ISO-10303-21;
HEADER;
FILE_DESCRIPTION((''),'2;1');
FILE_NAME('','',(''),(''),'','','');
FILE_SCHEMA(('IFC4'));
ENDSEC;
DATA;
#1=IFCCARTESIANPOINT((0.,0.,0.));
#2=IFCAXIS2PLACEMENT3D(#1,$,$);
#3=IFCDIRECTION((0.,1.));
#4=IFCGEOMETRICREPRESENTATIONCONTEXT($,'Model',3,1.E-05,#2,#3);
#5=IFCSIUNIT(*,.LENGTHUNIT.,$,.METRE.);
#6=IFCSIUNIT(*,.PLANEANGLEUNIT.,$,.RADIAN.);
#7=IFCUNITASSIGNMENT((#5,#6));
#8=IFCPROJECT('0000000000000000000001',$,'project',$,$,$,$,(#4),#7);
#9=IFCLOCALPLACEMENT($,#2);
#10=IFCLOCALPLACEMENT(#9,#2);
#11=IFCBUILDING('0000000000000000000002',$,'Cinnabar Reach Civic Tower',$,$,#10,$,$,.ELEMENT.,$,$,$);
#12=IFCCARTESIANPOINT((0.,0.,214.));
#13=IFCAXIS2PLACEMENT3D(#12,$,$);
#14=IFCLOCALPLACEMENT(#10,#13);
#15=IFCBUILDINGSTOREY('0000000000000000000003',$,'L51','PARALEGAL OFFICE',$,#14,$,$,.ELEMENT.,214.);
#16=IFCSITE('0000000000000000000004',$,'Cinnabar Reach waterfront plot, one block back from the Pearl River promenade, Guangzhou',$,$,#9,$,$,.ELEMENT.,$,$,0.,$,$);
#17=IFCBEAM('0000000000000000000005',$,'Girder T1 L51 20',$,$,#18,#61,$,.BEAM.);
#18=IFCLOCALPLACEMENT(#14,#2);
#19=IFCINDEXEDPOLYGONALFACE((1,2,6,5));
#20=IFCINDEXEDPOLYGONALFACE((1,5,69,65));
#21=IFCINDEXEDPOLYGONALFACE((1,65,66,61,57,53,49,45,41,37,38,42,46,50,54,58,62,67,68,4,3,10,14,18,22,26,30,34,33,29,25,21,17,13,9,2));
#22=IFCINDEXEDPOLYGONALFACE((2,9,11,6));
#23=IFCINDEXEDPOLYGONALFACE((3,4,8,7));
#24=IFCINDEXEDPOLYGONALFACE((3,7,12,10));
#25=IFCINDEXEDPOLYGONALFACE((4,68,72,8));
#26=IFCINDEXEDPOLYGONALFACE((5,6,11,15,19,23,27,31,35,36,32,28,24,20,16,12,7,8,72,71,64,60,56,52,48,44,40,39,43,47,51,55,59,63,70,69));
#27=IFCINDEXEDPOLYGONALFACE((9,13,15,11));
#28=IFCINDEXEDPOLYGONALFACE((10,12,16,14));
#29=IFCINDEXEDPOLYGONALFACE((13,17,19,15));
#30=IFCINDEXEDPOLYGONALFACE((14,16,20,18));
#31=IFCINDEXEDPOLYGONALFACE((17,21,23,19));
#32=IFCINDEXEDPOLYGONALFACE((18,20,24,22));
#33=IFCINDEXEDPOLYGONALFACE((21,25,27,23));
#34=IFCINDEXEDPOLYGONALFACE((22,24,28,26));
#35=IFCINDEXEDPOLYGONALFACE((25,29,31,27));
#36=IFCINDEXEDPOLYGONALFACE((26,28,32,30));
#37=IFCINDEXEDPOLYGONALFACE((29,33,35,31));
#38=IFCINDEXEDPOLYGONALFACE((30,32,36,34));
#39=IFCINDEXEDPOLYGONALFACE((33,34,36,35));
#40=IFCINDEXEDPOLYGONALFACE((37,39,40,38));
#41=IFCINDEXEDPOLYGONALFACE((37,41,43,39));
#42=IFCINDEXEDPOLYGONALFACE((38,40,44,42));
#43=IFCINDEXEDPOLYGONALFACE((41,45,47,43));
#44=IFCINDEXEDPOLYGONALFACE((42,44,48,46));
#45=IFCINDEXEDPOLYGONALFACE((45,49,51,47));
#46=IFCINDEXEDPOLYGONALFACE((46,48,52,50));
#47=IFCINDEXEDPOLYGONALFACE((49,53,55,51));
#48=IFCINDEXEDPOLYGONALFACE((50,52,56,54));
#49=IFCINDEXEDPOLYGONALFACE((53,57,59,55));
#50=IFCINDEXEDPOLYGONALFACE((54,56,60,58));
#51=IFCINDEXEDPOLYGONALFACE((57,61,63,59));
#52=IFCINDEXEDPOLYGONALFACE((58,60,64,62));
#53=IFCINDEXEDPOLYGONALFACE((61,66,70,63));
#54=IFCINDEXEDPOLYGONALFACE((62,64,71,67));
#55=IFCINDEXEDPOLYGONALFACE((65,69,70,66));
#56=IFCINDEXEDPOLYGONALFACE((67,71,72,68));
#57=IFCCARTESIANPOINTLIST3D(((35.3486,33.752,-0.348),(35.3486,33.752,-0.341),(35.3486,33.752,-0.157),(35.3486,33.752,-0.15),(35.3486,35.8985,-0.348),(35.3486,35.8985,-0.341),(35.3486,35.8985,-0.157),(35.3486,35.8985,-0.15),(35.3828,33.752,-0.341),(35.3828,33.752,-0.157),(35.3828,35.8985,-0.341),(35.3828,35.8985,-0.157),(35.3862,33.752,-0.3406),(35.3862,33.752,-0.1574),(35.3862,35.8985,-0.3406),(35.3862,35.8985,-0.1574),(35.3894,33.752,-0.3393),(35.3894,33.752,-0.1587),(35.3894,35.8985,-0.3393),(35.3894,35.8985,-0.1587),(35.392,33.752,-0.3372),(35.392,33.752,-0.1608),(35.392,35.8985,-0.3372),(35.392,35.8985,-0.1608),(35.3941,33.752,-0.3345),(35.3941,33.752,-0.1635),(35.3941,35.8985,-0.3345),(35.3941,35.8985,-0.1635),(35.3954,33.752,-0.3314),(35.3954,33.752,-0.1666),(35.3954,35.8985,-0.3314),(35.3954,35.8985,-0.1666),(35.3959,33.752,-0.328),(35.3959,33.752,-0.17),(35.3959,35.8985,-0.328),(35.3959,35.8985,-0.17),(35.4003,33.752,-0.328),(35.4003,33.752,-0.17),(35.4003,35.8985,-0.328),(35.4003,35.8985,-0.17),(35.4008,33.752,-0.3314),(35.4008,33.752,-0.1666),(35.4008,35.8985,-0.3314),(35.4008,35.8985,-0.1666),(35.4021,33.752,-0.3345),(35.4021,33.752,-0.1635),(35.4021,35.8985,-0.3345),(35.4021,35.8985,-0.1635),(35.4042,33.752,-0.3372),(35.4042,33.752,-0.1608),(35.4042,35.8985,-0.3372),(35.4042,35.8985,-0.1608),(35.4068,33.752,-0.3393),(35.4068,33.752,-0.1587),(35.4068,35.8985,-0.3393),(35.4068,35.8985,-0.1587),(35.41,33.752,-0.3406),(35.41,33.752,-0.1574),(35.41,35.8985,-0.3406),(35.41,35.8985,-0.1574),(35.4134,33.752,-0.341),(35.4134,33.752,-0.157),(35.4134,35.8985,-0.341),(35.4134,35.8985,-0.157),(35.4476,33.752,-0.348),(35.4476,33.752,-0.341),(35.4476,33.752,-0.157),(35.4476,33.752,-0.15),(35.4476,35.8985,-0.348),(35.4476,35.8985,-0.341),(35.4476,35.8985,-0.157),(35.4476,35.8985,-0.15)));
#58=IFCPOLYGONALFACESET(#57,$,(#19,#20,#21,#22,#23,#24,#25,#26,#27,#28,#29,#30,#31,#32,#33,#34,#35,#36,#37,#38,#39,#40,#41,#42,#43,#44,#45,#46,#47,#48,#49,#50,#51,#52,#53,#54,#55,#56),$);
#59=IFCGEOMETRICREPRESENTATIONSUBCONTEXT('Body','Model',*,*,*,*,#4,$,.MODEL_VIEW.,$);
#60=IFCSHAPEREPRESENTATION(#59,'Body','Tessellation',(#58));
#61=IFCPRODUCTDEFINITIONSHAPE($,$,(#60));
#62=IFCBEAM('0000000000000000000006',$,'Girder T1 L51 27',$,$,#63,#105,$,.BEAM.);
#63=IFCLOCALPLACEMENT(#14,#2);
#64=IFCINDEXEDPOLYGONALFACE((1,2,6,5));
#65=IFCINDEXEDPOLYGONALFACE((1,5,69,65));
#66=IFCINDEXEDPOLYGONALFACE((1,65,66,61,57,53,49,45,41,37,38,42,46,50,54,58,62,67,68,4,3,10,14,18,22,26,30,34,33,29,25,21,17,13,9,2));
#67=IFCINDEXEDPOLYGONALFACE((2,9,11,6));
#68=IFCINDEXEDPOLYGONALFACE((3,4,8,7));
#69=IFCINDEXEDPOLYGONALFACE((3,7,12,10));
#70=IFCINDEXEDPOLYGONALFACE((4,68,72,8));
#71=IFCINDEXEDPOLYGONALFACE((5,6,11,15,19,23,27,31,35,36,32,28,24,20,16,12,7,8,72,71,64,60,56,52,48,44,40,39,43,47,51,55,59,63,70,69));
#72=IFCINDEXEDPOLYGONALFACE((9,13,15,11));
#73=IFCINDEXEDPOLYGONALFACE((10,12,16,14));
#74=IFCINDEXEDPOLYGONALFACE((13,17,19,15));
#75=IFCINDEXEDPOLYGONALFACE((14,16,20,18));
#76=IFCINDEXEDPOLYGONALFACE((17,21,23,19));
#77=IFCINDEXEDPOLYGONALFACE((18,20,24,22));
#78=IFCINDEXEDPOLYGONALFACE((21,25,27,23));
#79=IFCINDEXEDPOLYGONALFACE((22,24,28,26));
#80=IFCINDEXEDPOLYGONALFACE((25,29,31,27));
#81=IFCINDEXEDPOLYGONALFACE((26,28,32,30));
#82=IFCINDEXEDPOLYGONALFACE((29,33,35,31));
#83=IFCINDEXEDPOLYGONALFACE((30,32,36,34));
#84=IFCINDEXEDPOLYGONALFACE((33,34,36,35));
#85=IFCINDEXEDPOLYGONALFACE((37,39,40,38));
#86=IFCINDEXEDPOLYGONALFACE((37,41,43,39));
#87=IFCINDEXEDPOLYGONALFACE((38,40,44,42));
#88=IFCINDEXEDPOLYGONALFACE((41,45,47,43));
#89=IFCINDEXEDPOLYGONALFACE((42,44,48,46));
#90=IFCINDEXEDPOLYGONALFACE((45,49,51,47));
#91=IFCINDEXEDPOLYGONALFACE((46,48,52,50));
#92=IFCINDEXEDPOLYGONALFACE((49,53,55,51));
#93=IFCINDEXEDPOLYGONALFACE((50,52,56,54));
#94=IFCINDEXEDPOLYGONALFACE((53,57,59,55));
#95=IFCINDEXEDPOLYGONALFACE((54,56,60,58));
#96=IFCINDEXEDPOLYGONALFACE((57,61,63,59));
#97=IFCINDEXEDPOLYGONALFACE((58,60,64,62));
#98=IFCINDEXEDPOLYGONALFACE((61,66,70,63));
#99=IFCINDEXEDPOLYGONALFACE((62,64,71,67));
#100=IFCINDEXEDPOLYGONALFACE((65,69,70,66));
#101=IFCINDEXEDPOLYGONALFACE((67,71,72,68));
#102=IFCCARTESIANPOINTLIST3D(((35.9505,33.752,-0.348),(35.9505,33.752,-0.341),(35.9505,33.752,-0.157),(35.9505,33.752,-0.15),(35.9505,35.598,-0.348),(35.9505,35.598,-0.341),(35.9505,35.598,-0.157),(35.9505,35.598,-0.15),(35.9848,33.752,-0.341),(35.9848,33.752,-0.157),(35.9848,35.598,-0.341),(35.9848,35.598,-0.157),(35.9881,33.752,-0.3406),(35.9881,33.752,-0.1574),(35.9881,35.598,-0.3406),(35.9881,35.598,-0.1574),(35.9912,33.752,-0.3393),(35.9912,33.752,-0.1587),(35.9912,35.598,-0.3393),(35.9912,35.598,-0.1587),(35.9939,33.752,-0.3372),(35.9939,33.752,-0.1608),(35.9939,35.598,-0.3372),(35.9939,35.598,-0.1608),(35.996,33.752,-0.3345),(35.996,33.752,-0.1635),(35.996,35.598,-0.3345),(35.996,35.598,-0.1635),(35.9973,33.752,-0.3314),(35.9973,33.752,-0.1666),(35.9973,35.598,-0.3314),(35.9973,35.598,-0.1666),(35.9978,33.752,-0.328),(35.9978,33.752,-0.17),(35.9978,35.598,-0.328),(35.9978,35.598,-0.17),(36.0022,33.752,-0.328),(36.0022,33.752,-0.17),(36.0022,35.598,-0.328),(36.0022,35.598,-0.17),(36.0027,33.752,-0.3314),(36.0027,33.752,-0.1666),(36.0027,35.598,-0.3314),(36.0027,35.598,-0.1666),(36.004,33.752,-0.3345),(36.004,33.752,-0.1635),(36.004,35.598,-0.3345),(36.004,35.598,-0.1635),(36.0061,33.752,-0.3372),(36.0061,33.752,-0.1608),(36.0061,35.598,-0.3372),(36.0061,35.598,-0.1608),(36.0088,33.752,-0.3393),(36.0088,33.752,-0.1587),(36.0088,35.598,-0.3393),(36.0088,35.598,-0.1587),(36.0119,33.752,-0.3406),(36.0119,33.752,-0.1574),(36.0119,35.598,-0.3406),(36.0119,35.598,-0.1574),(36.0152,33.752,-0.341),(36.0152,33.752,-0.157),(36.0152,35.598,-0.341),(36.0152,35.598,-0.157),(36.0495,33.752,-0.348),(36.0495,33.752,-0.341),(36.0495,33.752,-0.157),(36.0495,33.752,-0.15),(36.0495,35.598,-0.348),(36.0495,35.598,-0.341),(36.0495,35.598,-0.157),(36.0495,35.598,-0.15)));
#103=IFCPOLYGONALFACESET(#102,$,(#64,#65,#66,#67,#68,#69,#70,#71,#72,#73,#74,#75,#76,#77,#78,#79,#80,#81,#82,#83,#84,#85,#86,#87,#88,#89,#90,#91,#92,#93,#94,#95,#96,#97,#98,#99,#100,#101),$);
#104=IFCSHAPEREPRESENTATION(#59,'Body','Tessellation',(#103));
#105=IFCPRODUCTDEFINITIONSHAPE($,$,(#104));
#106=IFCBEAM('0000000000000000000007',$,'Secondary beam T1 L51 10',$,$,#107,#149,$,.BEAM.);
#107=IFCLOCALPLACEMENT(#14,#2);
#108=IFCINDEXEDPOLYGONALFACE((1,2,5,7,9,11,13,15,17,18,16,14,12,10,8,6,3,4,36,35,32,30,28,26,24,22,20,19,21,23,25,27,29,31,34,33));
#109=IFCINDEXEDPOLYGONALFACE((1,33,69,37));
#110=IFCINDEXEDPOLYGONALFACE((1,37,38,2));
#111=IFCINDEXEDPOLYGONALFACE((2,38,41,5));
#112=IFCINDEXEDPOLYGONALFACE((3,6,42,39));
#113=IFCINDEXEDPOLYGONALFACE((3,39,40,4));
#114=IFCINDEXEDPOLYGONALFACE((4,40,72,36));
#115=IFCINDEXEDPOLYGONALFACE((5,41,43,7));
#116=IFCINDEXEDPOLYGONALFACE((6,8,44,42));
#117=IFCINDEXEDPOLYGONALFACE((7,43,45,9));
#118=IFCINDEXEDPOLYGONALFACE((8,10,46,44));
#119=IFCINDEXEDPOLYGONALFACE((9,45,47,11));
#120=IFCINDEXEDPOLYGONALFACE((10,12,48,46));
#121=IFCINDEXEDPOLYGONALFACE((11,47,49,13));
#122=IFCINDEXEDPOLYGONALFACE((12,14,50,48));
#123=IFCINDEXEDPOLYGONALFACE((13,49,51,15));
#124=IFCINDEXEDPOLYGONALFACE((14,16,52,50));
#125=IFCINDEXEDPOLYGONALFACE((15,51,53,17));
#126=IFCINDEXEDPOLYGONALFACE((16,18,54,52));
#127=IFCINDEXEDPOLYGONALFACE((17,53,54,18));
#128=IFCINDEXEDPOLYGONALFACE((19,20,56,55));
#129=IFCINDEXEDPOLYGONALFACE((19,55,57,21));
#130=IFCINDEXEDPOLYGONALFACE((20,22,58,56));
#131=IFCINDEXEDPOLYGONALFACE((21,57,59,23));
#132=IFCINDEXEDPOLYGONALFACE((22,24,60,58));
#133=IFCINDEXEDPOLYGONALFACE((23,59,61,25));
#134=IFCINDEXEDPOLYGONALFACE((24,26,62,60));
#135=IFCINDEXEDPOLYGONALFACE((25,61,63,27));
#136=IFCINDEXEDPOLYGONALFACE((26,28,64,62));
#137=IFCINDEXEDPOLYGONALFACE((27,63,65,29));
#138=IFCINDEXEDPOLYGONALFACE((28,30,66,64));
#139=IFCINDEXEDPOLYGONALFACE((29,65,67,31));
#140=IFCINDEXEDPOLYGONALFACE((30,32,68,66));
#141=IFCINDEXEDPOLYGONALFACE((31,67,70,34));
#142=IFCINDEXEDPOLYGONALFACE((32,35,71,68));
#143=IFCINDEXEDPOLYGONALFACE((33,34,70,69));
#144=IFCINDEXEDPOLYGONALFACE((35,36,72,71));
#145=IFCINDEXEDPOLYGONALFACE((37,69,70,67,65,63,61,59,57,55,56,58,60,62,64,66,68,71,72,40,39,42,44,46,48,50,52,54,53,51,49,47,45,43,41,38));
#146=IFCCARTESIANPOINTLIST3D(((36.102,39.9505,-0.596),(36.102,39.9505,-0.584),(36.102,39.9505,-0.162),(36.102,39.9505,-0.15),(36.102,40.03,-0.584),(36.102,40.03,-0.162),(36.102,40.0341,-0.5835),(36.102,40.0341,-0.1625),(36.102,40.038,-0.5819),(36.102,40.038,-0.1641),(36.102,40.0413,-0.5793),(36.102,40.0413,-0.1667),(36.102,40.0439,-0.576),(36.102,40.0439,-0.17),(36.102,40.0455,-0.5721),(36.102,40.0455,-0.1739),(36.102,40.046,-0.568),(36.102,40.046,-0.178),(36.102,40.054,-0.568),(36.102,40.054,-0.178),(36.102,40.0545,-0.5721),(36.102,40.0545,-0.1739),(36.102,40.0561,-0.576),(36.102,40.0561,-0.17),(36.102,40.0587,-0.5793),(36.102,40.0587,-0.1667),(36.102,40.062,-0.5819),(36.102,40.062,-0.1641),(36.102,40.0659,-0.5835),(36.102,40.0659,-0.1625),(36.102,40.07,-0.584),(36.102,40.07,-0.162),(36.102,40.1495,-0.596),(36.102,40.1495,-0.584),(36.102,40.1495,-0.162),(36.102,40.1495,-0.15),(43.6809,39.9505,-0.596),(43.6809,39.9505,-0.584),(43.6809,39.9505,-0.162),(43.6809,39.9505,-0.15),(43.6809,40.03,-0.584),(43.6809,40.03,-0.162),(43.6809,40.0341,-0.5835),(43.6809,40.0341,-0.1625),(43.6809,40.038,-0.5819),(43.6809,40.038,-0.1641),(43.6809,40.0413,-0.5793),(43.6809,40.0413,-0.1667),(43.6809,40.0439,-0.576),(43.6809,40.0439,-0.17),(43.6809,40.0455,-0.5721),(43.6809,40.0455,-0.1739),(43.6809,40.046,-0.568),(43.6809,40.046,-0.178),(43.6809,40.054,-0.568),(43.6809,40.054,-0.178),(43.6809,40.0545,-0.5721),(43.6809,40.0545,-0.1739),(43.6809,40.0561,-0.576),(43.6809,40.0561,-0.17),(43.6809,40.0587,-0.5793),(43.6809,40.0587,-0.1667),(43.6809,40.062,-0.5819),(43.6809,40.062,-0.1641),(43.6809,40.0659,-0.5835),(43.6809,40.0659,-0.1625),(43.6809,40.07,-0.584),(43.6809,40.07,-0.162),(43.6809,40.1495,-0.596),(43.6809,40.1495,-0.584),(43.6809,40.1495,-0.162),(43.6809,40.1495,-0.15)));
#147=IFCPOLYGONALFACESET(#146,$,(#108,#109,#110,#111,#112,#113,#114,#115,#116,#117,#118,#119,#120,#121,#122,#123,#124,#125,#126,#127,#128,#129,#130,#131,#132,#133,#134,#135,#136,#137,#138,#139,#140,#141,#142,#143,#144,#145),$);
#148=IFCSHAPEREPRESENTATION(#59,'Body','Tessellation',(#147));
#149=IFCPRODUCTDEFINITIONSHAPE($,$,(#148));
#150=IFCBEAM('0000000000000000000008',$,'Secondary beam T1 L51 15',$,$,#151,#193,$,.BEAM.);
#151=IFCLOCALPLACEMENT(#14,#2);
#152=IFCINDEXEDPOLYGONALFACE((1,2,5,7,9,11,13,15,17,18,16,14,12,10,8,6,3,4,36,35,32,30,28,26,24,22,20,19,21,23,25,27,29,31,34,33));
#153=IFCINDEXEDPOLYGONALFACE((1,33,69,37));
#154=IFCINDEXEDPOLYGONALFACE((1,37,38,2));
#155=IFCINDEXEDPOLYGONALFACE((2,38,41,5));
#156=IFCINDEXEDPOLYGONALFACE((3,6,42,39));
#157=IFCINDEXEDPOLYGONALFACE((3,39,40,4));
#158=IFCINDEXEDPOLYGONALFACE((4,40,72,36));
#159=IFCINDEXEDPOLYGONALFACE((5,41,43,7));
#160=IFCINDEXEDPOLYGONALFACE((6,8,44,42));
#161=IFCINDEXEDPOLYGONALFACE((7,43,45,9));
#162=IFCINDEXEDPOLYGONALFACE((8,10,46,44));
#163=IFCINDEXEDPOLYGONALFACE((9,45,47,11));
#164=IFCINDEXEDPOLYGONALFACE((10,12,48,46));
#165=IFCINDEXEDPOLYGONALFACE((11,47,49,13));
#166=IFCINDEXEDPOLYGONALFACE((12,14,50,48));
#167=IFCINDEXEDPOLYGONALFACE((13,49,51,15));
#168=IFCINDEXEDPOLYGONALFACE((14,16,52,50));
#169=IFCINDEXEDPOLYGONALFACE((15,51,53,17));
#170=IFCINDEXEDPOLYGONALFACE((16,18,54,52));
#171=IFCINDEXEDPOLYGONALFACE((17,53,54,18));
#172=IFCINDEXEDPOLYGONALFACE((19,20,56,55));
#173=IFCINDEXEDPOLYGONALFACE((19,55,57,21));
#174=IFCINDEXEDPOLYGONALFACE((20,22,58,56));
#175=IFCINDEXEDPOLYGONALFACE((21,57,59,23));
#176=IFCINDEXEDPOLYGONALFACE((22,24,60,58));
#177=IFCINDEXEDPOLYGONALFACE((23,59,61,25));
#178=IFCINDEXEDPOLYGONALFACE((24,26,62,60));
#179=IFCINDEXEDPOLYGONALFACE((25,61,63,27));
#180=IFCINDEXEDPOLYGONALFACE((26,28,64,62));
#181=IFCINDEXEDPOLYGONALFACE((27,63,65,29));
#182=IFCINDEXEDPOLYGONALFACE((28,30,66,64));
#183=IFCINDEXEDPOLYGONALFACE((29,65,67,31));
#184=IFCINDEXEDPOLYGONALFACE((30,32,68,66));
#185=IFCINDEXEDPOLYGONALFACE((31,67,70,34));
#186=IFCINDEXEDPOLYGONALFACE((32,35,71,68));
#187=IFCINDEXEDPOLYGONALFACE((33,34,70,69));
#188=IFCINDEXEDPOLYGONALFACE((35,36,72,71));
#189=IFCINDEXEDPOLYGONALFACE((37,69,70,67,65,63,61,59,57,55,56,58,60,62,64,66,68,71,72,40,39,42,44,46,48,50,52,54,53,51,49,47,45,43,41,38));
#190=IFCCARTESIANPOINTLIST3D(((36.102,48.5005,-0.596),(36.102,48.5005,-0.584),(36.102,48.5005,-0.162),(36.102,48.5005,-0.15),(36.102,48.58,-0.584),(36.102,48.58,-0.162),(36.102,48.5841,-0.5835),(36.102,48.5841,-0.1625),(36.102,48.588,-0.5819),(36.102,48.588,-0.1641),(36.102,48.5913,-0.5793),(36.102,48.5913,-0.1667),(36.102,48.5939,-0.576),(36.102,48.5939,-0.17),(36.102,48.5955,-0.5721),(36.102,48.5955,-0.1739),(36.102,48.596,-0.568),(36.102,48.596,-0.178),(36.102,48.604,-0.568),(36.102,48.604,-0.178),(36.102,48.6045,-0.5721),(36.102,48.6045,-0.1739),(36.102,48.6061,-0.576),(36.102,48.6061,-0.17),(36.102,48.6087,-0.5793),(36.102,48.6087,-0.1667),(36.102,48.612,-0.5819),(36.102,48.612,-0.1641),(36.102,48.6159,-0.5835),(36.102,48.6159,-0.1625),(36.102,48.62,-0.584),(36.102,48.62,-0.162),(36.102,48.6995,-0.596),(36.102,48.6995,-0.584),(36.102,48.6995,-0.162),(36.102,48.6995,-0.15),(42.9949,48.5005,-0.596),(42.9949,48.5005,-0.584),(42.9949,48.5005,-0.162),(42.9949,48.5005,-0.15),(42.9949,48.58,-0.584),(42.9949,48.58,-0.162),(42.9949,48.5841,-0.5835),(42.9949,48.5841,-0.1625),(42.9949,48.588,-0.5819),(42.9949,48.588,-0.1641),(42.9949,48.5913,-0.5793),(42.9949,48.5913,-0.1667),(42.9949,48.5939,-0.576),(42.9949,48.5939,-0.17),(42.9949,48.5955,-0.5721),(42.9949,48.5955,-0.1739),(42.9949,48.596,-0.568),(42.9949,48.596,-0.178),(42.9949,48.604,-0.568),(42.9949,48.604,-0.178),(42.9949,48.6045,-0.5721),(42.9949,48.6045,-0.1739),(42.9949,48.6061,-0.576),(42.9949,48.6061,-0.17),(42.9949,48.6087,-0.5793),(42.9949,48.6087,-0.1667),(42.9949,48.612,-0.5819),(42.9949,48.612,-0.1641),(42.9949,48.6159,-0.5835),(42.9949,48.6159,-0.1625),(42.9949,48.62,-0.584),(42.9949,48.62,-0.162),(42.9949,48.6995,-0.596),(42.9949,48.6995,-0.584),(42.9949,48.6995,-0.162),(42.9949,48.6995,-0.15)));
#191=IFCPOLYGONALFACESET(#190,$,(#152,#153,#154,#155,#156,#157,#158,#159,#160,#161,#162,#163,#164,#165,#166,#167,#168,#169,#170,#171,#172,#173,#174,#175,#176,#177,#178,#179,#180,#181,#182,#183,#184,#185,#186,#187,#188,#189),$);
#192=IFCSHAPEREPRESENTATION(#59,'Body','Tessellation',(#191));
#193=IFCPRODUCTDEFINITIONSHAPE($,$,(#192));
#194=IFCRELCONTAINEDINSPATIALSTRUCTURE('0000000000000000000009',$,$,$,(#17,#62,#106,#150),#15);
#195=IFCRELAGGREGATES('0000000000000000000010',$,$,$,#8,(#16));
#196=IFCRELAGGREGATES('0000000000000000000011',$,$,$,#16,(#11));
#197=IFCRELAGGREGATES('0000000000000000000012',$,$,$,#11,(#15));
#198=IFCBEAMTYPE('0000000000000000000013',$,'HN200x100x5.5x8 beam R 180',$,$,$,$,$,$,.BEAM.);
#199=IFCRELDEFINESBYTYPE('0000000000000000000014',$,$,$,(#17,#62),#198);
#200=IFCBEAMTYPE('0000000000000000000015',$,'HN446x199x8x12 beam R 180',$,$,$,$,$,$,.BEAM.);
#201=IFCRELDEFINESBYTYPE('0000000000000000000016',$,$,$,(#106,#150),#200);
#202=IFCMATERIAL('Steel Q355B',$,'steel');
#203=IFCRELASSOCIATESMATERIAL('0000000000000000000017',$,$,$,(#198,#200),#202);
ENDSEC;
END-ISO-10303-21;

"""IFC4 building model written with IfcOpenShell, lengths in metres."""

from ifc_helpers import new_model, si_unit, direction, frame, origin, origin_2d, place, context, subcontext, project, spatial, i_section, extrude, material, material_profile, profile_set, type_object, element, save


model = new_model("IFC4")

# Units and contexts
model_context = context("Model", 3, precision=1e-05, world=origin(), true_north=direction((0.0, 1.0)))
body_context = subcontext(model_context, "Body", "Model", "MODEL_VIEW")
ifc_project = project(units=[si_unit("LENGTHUNIT", "METRE"), si_unit("PLANEANGLEUNIT", "RADIAN")], contexts=[model_context])

# Site, building, storey
site_placement = place(None, origin())
site = spatial("IfcSite", under=ifc_project, at=site_placement, Name="Cinnabar Reach waterfront plot, one block back from the Pearl River promenade, Guangzhou", CompositionType="ELEMENT", RefElevation=0.0)
building_placement = place(site_placement, origin())
building = spatial("IfcBuilding", under=site, at=building_placement, Name="Cinnabar Reach Civic Tower", CompositionType="ELEMENT")
storey_placement = place(building_placement, frame((0.0, 0.0, 214.0)))
storey = spatial("IfcBuildingStorey", under=building, at=storey_placement, Name="L51", Description="PARALEGAL OFFICE", CompositionType="ELEMENT", Elevation=214.0)

# Beams
ifc_material_1 = material(Name="Steel Q355B", Category="steel")
ifc_material_profile_1 = material_profile(ifc_material_1, i_section(OverallWidth=0.099, OverallDepth=0.198, WebThickness=0.0045, FlangeThickness=0.007, FilletRadius=0.013, at=origin_2d()), Name="HN200x100x5.5x8")
ifc_profile_set_1 = profile_set([ifc_material_profile_1], Name="Steel Q355B")
beam_type_1 = type_object("IfcBeamType", Name="HN200x100x5.5x8 beam R 180", PredefinedType="BEAM", material=ifc_profile_set_1)
beam_1_placement = place(storey_placement, frame((35.3981, 33.752, -0.249), z_axis=(0.0, 1.0, 0.0), x_axis=(-1.0, 0.0, 0.0)))
element("IfcBeam", 1, at=beam_1_placement, inside=storey, type_object=beam_type_1, Name="Girder T1 L51 20", PredefinedType="BEAM", context=body_context, shape_type="SweptSolid", body=[
    extrude(i_section(OverallWidth=0.099, OverallDepth=0.198, WebThickness=0.0045, FlangeThickness=0.007, FilletRadius=0.013, at=origin_2d()), origin(), (0.0, 0.0, 1.0), 2.1465),
])
beam_2_placement = place(storey_placement, frame((36.0, 33.752, -0.249), z_axis=(0.0, 1.0, 0.0), x_axis=(-1.0, 0.0, 0.0)))
element("IfcBeam", 2, at=beam_2_placement, inside=storey, type_object=beam_type_1, Name="Girder T1 L51 27", PredefinedType="BEAM", context=body_context, shape_type="SweptSolid", body=[
    extrude(i_section(OverallWidth=0.099, OverallDepth=0.198, WebThickness=0.0045, FlangeThickness=0.007, FilletRadius=0.013, at=origin_2d()), origin(), (0.0, 0.0, 1.0), 1.846),
])
ifc_material_profile_2 = material_profile(ifc_material_1, i_section(OverallWidth=0.199, OverallDepth=0.446, WebThickness=0.008, FlangeThickness=0.012, FilletRadius=0.016, at=origin_2d()), Name="HN446x199x8x12")
ifc_profile_set_2 = profile_set([ifc_material_profile_2], Name="Steel Q355B")
beam_type_2 = type_object("IfcBeamType", Name="HN446x199x8x12 beam R 180", PredefinedType="BEAM", material=ifc_profile_set_2)
beam_3_placement = place(storey_placement, frame((36.102, 40.05, -0.373), z_axis=(1.0, 0.0, 0.0), x_axis=(0.0, 1.0, 0.0)))
element("IfcBeam", 3, at=beam_3_placement, inside=storey, type_object=beam_type_2, Name="Secondary beam T1 L51 10", PredefinedType="BEAM", context=body_context, shape_type="SweptSolid", body=[
    extrude(i_section(OverallWidth=0.199, OverallDepth=0.446, WebThickness=0.008, FlangeThickness=0.012, FilletRadius=0.016, at=origin_2d()), origin(), (0.0, 0.0, 1.0), 7.5789),
])
beam_4_placement = place(storey_placement, frame((36.102, 48.6, -0.373), z_axis=(1.0, 0.0, 0.0), x_axis=(0.0, 1.0, 0.0)))
element("IfcBeam", 4, at=beam_4_placement, inside=storey, type_object=beam_type_2, Name="Secondary beam T1 L51 15", PredefinedType="BEAM", context=body_context, shape_type="SweptSolid", body=[
    extrude(i_section(OverallWidth=0.199, OverallDepth=0.446, WebThickness=0.008, FlangeThickness=0.012, FilletRadius=0.016, at=origin_2d()), origin(), (0.0, 0.0, 1.0), 6.8929),
])

save(model, "model.ifc")
